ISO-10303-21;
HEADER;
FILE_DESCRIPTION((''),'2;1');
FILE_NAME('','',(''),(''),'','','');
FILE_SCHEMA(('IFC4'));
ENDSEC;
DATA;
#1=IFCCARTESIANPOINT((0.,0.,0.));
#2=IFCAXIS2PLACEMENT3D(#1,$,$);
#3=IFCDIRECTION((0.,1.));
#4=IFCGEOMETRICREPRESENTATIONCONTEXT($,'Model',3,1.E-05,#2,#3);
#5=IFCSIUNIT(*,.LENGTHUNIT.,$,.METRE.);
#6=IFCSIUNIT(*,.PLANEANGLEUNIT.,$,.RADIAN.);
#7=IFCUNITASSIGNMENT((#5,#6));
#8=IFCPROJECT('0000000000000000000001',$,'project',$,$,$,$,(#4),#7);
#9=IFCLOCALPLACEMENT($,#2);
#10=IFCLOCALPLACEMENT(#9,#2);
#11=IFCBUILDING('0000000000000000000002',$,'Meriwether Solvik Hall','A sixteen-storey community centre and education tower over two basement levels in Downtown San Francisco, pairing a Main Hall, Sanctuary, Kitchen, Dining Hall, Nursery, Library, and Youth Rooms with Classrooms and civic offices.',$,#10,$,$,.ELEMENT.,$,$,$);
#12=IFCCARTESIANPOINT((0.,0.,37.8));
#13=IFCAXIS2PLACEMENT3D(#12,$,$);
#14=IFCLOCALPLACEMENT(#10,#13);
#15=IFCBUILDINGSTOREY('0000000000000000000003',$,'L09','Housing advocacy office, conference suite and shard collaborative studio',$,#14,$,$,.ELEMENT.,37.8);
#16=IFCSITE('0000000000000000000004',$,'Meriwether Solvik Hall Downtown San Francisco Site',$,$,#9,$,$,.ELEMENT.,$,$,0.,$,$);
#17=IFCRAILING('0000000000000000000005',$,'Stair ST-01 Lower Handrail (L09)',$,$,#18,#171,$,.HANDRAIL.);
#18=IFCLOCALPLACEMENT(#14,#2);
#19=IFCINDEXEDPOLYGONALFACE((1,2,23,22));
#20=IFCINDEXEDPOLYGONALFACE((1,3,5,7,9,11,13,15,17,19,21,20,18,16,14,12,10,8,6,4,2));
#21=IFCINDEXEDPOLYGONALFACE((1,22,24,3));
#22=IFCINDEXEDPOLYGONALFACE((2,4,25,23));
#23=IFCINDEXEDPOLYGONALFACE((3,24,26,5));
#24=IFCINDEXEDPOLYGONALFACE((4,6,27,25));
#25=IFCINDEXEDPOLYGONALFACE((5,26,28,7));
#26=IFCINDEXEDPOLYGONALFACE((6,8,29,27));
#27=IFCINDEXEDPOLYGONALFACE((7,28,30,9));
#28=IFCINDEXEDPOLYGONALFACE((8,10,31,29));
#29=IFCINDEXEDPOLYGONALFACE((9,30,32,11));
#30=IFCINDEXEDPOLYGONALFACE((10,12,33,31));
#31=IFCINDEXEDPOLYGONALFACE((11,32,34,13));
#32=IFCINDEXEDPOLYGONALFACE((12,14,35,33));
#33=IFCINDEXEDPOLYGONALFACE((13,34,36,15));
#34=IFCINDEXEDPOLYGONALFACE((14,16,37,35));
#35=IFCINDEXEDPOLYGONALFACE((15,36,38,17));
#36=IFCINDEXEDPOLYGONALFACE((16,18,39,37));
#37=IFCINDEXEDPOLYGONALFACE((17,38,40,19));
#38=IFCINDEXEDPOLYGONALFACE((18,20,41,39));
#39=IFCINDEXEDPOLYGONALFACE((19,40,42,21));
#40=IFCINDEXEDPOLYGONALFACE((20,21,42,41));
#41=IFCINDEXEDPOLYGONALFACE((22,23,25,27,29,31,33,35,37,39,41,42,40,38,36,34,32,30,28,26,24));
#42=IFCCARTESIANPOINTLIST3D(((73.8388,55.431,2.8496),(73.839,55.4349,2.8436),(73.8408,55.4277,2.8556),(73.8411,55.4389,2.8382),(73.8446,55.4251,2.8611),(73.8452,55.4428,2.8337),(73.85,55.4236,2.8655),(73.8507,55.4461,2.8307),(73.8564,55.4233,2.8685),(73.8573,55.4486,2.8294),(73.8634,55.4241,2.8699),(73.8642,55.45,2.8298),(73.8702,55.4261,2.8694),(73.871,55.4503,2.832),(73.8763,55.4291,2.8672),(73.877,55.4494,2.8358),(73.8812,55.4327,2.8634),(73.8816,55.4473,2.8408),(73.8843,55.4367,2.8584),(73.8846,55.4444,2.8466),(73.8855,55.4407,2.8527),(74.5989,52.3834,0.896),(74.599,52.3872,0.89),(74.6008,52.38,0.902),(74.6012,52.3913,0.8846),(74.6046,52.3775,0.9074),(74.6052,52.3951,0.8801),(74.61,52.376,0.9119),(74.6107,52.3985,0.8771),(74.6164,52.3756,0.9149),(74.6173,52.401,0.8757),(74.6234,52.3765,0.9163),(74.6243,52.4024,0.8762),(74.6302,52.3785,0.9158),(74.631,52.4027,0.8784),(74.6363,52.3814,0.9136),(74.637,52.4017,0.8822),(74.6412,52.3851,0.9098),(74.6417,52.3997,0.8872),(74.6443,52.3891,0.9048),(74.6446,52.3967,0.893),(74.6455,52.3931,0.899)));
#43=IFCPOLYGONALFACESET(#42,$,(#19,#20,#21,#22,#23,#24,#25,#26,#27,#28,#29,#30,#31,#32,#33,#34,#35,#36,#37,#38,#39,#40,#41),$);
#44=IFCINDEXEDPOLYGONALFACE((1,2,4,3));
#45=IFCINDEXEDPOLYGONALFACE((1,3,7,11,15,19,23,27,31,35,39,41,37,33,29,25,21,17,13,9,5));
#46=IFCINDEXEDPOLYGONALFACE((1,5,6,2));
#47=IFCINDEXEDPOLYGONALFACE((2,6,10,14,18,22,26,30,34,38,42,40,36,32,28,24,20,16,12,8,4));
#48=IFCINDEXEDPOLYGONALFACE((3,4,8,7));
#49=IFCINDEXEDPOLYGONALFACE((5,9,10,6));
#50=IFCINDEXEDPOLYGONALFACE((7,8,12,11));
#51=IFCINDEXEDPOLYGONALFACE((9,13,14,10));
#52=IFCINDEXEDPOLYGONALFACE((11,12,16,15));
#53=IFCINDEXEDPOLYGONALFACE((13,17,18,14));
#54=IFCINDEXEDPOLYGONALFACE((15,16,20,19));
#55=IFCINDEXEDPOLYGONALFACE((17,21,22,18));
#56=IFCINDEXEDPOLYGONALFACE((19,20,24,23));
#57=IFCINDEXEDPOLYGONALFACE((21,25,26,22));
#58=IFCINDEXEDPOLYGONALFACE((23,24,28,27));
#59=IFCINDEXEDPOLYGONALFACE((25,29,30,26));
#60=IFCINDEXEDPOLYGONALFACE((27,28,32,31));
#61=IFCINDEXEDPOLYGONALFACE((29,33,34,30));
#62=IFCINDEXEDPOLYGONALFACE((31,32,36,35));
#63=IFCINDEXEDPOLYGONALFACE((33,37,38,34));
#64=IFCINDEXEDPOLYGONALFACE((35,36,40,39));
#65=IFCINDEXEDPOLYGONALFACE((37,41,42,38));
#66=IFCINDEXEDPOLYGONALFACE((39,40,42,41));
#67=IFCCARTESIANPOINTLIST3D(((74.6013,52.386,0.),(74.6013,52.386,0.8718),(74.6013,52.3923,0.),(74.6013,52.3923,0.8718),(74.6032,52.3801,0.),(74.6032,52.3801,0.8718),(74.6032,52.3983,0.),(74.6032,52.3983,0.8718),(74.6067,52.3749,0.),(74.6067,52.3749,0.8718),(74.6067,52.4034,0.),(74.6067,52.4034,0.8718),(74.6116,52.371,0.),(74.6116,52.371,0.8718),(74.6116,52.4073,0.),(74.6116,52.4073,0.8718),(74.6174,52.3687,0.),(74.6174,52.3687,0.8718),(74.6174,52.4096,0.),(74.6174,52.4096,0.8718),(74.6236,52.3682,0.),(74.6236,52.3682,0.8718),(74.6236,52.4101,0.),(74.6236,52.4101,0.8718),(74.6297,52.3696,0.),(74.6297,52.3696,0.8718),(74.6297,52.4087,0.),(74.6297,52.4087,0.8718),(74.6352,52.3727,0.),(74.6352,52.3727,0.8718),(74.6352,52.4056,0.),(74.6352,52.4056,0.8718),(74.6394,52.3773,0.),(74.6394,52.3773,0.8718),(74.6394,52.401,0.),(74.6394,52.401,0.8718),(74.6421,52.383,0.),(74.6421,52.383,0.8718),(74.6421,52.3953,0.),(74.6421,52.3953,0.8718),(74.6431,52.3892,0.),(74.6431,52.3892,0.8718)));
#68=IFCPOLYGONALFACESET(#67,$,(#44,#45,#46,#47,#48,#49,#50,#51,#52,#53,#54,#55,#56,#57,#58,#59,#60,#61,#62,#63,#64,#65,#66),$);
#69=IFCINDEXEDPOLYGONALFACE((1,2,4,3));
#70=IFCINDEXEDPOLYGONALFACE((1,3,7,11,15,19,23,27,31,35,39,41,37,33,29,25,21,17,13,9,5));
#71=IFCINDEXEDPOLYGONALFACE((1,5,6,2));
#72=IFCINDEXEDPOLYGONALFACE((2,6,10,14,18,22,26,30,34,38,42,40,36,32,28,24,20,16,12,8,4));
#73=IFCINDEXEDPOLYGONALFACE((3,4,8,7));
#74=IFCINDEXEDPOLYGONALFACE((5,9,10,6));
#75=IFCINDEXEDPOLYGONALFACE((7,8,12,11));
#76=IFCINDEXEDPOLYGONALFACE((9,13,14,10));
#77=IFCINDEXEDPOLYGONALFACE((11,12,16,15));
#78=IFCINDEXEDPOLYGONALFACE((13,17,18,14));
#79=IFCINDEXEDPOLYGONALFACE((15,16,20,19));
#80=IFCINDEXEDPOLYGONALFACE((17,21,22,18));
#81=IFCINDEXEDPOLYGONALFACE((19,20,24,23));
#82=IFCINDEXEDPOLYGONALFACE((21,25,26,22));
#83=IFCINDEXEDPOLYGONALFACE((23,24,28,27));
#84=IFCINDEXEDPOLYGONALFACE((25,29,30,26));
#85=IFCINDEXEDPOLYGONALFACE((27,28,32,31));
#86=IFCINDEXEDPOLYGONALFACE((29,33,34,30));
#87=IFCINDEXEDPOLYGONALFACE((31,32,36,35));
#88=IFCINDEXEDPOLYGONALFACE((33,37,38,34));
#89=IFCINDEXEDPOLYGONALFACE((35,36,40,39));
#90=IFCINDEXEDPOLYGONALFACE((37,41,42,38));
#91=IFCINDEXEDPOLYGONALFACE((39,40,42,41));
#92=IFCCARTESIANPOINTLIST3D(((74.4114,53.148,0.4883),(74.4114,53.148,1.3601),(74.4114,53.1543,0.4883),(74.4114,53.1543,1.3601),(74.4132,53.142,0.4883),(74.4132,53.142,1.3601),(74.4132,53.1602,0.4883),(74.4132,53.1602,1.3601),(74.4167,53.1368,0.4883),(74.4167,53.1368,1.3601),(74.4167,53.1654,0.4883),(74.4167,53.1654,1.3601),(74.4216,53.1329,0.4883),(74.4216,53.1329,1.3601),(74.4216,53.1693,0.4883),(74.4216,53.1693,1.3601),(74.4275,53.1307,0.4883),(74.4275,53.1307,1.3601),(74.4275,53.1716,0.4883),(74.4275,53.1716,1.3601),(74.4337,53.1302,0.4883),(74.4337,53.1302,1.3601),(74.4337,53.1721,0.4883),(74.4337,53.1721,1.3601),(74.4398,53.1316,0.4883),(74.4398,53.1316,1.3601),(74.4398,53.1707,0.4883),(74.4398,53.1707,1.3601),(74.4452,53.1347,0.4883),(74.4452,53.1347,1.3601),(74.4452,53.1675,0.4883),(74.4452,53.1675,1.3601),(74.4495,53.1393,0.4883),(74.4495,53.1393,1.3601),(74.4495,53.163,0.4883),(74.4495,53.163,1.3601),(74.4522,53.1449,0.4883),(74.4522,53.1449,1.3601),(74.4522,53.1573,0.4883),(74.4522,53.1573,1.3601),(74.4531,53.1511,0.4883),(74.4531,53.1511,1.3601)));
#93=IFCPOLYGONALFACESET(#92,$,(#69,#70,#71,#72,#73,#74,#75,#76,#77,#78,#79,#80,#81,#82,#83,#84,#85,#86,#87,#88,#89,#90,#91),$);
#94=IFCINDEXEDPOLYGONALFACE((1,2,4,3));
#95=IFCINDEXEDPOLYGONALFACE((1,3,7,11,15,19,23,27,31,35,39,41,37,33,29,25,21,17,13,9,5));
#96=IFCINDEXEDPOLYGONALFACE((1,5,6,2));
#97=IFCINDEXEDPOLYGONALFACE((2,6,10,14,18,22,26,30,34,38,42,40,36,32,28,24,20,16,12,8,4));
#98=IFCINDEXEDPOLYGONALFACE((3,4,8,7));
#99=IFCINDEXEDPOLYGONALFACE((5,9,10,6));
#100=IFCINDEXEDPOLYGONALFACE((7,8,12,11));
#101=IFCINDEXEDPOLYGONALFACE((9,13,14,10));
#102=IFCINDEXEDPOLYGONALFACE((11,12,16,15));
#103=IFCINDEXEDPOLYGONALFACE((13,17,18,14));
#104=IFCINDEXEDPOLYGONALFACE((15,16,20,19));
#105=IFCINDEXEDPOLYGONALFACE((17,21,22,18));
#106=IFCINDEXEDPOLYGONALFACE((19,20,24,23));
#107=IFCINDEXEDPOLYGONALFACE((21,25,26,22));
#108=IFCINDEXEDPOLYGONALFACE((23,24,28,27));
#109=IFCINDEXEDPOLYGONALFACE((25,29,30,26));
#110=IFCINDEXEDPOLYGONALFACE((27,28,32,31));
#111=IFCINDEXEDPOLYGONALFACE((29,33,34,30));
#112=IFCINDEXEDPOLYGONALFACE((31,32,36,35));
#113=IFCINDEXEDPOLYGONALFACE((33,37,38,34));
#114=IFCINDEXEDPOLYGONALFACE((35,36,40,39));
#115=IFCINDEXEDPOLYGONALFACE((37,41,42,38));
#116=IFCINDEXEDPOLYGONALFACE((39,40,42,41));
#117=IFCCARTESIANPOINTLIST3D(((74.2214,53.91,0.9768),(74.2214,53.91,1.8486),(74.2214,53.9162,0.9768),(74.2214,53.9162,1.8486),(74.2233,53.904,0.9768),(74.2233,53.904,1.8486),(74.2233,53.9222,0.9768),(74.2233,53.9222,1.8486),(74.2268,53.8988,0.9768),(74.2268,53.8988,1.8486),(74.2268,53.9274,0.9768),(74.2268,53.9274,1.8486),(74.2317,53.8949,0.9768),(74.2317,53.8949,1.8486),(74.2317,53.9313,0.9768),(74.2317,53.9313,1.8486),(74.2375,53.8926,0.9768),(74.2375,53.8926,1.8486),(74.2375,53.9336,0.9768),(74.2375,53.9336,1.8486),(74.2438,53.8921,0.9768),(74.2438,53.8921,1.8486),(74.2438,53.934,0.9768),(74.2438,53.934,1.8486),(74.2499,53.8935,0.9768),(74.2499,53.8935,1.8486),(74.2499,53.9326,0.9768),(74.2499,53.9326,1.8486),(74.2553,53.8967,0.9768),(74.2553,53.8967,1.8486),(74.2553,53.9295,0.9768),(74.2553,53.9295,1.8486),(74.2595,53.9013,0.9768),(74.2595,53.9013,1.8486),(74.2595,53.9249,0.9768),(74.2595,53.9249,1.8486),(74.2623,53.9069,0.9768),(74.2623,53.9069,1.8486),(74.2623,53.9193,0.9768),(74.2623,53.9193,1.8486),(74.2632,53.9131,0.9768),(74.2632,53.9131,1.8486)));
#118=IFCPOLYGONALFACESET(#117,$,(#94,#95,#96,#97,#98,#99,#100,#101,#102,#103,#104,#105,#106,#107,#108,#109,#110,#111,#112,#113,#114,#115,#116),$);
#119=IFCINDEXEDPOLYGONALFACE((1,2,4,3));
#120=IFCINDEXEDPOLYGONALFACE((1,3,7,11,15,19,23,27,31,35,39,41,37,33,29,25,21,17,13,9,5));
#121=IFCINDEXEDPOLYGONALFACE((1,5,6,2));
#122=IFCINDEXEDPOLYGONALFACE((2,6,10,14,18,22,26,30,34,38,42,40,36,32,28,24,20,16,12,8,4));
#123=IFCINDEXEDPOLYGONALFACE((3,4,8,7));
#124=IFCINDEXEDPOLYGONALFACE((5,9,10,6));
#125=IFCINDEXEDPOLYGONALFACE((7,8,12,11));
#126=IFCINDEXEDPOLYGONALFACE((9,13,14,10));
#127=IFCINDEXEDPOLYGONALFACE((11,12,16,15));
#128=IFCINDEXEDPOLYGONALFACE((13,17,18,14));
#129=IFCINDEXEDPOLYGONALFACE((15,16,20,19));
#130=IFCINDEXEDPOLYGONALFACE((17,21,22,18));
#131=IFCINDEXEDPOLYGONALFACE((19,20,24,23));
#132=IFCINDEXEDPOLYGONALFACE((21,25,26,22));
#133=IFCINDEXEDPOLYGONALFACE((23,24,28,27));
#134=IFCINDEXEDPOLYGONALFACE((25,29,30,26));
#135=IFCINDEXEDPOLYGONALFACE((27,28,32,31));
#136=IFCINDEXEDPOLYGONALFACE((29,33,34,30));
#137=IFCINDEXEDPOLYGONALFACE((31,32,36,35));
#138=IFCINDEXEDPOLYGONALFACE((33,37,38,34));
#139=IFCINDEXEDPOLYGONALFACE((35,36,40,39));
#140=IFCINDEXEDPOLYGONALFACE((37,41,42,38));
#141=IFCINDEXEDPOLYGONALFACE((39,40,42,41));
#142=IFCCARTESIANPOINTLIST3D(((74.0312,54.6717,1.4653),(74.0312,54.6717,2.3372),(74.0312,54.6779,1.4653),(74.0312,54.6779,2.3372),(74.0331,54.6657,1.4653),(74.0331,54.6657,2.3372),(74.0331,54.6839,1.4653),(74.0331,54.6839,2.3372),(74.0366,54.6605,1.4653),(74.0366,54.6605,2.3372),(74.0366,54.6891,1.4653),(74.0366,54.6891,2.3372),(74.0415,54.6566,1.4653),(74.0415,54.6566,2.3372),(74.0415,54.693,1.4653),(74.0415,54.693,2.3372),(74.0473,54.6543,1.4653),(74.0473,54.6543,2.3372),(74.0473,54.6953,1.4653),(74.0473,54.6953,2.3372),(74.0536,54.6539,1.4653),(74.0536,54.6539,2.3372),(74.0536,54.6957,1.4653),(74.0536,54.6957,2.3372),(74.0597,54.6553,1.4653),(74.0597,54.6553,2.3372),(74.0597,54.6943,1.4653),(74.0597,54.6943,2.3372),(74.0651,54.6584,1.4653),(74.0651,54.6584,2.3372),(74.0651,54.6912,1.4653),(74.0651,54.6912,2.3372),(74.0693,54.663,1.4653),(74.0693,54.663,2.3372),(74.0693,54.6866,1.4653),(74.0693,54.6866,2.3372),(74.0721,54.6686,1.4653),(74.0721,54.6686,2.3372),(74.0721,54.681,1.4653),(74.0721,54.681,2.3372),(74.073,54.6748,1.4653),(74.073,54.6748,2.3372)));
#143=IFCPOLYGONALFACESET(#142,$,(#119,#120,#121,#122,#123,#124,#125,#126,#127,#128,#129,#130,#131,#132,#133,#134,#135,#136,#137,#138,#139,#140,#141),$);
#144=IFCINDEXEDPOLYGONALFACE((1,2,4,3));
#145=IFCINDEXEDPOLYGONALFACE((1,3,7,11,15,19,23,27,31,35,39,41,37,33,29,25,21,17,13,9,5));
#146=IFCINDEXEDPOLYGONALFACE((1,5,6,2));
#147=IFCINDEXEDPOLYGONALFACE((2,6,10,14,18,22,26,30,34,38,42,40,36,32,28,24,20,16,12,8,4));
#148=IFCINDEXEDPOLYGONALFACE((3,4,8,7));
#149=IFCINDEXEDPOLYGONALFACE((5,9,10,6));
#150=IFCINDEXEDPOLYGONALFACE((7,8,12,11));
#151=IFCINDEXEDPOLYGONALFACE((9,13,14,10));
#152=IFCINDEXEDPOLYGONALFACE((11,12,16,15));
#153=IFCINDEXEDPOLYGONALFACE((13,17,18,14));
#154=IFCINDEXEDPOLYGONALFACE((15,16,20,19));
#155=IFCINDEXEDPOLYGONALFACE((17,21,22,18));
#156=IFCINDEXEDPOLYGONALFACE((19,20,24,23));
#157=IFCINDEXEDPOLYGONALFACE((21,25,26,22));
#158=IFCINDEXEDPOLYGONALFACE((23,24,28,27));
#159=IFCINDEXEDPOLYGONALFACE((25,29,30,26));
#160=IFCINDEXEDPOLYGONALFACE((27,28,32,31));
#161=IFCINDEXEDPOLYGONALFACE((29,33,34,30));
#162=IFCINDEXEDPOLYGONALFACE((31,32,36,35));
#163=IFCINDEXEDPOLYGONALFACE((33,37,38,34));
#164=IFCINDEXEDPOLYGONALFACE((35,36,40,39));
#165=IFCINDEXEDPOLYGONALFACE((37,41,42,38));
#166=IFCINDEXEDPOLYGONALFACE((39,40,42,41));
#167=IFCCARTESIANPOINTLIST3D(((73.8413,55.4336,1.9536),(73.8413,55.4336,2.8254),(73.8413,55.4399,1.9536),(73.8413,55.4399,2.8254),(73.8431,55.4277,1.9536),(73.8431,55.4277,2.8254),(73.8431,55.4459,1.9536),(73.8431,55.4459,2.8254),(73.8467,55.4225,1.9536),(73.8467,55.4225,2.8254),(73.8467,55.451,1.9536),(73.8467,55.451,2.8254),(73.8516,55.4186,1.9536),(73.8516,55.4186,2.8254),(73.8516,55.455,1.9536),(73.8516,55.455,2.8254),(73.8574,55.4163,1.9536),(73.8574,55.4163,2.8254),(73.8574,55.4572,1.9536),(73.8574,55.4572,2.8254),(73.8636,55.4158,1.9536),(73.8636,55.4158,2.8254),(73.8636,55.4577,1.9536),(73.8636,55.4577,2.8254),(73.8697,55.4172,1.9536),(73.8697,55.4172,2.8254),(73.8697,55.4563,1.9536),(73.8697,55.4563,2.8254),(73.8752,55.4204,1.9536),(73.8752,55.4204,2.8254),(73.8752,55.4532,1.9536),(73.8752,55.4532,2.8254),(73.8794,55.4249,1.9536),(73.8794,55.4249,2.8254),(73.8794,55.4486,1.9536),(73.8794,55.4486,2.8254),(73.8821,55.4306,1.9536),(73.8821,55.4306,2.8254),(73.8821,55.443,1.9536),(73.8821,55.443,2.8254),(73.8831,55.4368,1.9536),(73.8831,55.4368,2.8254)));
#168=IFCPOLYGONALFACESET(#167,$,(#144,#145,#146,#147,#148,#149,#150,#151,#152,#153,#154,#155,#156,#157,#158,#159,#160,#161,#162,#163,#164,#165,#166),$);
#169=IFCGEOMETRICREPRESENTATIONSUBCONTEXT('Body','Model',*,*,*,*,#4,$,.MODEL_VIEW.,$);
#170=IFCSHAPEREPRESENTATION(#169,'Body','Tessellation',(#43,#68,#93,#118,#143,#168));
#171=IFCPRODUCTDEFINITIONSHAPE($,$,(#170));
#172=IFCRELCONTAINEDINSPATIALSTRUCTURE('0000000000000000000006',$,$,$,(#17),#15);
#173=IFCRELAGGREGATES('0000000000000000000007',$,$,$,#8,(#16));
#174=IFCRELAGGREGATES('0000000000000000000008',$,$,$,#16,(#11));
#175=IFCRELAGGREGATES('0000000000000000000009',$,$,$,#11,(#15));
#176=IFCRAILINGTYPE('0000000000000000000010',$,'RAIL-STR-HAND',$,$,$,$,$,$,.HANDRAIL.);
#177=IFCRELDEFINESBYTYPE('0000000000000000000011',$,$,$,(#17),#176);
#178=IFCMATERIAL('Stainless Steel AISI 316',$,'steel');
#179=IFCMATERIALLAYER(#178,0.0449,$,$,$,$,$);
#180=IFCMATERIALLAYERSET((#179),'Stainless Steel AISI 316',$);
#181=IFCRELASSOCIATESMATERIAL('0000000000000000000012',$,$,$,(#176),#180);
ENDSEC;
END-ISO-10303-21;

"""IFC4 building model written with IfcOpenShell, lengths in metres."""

from ifc_helpers import new_model, si_unit, direction, frame, origin, origin_2d, place, context, subcontext, project, spatial, circle, extrude, material, layer, layer_set, type_object, element, save


model = new_model("IFC4")

# Units and contexts
model_context = context("Model", 3, precision=1e-05, world=origin(), true_north=direction((0.0, 1.0)))
body_context = subcontext(model_context, "Body", "Model", "MODEL_VIEW")
ifc_project = project(units=[si_unit("LENGTHUNIT", "METRE"), si_unit("PLANEANGLEUNIT", "RADIAN")], contexts=[model_context])

# Site, building, storey
site_placement = place(None, origin())
site = spatial("IfcSite", under=ifc_project, at=site_placement, Name="Meriwether Solvik Hall Downtown San Francisco Site", CompositionType="ELEMENT", RefElevation=0.0)
building_placement = place(site_placement, origin())
building = spatial("IfcBuilding", under=site, at=building_placement, Name="Meriwether Solvik Hall", Description="A sixteen-storey community centre and education tower over two basement levels in Downtown San Francisco, pairing a Main Hall, Sanctuary, Kitchen, Dining Hall, Nursery, Library, and Youth Rooms with Classrooms and civic offices.", CompositionType="ELEMENT")
storey_placement = place(building_placement, frame((0.0, 0.0, 37.8)))
storey = spatial("IfcBuildingStorey", under=building, at=storey_placement, Name="L09", Description="Housing advocacy office, conference suite and shard collaborative studio", CompositionType="ELEMENT", Elevation=37.8)

# Railing
ifc_material_1 = material(Name="Stainless Steel AISI 316", Category="steel")
ifc_layer_1 = layer(ifc_material_1, 0.0449)
ifc_layer_set_1 = layer_set([ifc_layer_1], Name="Stainless Steel AISI 316")
railing_type_1 = type_object("IfcRailingType", Name="RAIL-STR-HAND", PredefinedType="HANDRAIL", material=ifc_layer_set_1)
railing_1_placement = place(storey_placement, frame((74.6221, 52.3892, 0.0)))
element("IfcRailing", 1, at=railing_1_placement, inside=storey, type_object=railing_type_1, Name="Stair ST-01 Lower Handrail (L09)", PredefinedType="HANDRAIL", context=body_context, shape_type="SweptSolid", body=[
    extrude(circle(Radius=0.0239, at=origin_2d()), frame((0.0, 0.0, 0.896), z_axis=(-0.205467, 0.823915, 0.528155), x_axis=(-0.970284, -0.241969, 0.0)), (0.0, 0.0, 1.0), 3.699),
    extrude(circle(Radius=0.021, at=origin_2d()), origin(), (0.0, 0.0, 1.0), 0.8718),
    extrude(circle(Radius=0.021, at=origin_2d()), frame((-0.1899, 0.762, 0.4883)), (0.0, 0.0, 1.0), 0.8718),
    extrude(circle(Radius=0.021, at=origin_2d()), frame((-0.3799, 1.5239, 0.9768)), (0.0, 0.0, 1.0), 0.8718),
    extrude(circle(Radius=0.021, at=origin_2d()), frame((-0.5701, 2.2856, 1.4653)), (0.0, 0.0, 1.0), 0.8718),
    extrude(circle(Radius=0.021, at=origin_2d()), frame((-0.76, 3.0476, 1.9536)), (0.0, 0.0, 1.0), 0.8718),
])

save(model, "model.ifc")
